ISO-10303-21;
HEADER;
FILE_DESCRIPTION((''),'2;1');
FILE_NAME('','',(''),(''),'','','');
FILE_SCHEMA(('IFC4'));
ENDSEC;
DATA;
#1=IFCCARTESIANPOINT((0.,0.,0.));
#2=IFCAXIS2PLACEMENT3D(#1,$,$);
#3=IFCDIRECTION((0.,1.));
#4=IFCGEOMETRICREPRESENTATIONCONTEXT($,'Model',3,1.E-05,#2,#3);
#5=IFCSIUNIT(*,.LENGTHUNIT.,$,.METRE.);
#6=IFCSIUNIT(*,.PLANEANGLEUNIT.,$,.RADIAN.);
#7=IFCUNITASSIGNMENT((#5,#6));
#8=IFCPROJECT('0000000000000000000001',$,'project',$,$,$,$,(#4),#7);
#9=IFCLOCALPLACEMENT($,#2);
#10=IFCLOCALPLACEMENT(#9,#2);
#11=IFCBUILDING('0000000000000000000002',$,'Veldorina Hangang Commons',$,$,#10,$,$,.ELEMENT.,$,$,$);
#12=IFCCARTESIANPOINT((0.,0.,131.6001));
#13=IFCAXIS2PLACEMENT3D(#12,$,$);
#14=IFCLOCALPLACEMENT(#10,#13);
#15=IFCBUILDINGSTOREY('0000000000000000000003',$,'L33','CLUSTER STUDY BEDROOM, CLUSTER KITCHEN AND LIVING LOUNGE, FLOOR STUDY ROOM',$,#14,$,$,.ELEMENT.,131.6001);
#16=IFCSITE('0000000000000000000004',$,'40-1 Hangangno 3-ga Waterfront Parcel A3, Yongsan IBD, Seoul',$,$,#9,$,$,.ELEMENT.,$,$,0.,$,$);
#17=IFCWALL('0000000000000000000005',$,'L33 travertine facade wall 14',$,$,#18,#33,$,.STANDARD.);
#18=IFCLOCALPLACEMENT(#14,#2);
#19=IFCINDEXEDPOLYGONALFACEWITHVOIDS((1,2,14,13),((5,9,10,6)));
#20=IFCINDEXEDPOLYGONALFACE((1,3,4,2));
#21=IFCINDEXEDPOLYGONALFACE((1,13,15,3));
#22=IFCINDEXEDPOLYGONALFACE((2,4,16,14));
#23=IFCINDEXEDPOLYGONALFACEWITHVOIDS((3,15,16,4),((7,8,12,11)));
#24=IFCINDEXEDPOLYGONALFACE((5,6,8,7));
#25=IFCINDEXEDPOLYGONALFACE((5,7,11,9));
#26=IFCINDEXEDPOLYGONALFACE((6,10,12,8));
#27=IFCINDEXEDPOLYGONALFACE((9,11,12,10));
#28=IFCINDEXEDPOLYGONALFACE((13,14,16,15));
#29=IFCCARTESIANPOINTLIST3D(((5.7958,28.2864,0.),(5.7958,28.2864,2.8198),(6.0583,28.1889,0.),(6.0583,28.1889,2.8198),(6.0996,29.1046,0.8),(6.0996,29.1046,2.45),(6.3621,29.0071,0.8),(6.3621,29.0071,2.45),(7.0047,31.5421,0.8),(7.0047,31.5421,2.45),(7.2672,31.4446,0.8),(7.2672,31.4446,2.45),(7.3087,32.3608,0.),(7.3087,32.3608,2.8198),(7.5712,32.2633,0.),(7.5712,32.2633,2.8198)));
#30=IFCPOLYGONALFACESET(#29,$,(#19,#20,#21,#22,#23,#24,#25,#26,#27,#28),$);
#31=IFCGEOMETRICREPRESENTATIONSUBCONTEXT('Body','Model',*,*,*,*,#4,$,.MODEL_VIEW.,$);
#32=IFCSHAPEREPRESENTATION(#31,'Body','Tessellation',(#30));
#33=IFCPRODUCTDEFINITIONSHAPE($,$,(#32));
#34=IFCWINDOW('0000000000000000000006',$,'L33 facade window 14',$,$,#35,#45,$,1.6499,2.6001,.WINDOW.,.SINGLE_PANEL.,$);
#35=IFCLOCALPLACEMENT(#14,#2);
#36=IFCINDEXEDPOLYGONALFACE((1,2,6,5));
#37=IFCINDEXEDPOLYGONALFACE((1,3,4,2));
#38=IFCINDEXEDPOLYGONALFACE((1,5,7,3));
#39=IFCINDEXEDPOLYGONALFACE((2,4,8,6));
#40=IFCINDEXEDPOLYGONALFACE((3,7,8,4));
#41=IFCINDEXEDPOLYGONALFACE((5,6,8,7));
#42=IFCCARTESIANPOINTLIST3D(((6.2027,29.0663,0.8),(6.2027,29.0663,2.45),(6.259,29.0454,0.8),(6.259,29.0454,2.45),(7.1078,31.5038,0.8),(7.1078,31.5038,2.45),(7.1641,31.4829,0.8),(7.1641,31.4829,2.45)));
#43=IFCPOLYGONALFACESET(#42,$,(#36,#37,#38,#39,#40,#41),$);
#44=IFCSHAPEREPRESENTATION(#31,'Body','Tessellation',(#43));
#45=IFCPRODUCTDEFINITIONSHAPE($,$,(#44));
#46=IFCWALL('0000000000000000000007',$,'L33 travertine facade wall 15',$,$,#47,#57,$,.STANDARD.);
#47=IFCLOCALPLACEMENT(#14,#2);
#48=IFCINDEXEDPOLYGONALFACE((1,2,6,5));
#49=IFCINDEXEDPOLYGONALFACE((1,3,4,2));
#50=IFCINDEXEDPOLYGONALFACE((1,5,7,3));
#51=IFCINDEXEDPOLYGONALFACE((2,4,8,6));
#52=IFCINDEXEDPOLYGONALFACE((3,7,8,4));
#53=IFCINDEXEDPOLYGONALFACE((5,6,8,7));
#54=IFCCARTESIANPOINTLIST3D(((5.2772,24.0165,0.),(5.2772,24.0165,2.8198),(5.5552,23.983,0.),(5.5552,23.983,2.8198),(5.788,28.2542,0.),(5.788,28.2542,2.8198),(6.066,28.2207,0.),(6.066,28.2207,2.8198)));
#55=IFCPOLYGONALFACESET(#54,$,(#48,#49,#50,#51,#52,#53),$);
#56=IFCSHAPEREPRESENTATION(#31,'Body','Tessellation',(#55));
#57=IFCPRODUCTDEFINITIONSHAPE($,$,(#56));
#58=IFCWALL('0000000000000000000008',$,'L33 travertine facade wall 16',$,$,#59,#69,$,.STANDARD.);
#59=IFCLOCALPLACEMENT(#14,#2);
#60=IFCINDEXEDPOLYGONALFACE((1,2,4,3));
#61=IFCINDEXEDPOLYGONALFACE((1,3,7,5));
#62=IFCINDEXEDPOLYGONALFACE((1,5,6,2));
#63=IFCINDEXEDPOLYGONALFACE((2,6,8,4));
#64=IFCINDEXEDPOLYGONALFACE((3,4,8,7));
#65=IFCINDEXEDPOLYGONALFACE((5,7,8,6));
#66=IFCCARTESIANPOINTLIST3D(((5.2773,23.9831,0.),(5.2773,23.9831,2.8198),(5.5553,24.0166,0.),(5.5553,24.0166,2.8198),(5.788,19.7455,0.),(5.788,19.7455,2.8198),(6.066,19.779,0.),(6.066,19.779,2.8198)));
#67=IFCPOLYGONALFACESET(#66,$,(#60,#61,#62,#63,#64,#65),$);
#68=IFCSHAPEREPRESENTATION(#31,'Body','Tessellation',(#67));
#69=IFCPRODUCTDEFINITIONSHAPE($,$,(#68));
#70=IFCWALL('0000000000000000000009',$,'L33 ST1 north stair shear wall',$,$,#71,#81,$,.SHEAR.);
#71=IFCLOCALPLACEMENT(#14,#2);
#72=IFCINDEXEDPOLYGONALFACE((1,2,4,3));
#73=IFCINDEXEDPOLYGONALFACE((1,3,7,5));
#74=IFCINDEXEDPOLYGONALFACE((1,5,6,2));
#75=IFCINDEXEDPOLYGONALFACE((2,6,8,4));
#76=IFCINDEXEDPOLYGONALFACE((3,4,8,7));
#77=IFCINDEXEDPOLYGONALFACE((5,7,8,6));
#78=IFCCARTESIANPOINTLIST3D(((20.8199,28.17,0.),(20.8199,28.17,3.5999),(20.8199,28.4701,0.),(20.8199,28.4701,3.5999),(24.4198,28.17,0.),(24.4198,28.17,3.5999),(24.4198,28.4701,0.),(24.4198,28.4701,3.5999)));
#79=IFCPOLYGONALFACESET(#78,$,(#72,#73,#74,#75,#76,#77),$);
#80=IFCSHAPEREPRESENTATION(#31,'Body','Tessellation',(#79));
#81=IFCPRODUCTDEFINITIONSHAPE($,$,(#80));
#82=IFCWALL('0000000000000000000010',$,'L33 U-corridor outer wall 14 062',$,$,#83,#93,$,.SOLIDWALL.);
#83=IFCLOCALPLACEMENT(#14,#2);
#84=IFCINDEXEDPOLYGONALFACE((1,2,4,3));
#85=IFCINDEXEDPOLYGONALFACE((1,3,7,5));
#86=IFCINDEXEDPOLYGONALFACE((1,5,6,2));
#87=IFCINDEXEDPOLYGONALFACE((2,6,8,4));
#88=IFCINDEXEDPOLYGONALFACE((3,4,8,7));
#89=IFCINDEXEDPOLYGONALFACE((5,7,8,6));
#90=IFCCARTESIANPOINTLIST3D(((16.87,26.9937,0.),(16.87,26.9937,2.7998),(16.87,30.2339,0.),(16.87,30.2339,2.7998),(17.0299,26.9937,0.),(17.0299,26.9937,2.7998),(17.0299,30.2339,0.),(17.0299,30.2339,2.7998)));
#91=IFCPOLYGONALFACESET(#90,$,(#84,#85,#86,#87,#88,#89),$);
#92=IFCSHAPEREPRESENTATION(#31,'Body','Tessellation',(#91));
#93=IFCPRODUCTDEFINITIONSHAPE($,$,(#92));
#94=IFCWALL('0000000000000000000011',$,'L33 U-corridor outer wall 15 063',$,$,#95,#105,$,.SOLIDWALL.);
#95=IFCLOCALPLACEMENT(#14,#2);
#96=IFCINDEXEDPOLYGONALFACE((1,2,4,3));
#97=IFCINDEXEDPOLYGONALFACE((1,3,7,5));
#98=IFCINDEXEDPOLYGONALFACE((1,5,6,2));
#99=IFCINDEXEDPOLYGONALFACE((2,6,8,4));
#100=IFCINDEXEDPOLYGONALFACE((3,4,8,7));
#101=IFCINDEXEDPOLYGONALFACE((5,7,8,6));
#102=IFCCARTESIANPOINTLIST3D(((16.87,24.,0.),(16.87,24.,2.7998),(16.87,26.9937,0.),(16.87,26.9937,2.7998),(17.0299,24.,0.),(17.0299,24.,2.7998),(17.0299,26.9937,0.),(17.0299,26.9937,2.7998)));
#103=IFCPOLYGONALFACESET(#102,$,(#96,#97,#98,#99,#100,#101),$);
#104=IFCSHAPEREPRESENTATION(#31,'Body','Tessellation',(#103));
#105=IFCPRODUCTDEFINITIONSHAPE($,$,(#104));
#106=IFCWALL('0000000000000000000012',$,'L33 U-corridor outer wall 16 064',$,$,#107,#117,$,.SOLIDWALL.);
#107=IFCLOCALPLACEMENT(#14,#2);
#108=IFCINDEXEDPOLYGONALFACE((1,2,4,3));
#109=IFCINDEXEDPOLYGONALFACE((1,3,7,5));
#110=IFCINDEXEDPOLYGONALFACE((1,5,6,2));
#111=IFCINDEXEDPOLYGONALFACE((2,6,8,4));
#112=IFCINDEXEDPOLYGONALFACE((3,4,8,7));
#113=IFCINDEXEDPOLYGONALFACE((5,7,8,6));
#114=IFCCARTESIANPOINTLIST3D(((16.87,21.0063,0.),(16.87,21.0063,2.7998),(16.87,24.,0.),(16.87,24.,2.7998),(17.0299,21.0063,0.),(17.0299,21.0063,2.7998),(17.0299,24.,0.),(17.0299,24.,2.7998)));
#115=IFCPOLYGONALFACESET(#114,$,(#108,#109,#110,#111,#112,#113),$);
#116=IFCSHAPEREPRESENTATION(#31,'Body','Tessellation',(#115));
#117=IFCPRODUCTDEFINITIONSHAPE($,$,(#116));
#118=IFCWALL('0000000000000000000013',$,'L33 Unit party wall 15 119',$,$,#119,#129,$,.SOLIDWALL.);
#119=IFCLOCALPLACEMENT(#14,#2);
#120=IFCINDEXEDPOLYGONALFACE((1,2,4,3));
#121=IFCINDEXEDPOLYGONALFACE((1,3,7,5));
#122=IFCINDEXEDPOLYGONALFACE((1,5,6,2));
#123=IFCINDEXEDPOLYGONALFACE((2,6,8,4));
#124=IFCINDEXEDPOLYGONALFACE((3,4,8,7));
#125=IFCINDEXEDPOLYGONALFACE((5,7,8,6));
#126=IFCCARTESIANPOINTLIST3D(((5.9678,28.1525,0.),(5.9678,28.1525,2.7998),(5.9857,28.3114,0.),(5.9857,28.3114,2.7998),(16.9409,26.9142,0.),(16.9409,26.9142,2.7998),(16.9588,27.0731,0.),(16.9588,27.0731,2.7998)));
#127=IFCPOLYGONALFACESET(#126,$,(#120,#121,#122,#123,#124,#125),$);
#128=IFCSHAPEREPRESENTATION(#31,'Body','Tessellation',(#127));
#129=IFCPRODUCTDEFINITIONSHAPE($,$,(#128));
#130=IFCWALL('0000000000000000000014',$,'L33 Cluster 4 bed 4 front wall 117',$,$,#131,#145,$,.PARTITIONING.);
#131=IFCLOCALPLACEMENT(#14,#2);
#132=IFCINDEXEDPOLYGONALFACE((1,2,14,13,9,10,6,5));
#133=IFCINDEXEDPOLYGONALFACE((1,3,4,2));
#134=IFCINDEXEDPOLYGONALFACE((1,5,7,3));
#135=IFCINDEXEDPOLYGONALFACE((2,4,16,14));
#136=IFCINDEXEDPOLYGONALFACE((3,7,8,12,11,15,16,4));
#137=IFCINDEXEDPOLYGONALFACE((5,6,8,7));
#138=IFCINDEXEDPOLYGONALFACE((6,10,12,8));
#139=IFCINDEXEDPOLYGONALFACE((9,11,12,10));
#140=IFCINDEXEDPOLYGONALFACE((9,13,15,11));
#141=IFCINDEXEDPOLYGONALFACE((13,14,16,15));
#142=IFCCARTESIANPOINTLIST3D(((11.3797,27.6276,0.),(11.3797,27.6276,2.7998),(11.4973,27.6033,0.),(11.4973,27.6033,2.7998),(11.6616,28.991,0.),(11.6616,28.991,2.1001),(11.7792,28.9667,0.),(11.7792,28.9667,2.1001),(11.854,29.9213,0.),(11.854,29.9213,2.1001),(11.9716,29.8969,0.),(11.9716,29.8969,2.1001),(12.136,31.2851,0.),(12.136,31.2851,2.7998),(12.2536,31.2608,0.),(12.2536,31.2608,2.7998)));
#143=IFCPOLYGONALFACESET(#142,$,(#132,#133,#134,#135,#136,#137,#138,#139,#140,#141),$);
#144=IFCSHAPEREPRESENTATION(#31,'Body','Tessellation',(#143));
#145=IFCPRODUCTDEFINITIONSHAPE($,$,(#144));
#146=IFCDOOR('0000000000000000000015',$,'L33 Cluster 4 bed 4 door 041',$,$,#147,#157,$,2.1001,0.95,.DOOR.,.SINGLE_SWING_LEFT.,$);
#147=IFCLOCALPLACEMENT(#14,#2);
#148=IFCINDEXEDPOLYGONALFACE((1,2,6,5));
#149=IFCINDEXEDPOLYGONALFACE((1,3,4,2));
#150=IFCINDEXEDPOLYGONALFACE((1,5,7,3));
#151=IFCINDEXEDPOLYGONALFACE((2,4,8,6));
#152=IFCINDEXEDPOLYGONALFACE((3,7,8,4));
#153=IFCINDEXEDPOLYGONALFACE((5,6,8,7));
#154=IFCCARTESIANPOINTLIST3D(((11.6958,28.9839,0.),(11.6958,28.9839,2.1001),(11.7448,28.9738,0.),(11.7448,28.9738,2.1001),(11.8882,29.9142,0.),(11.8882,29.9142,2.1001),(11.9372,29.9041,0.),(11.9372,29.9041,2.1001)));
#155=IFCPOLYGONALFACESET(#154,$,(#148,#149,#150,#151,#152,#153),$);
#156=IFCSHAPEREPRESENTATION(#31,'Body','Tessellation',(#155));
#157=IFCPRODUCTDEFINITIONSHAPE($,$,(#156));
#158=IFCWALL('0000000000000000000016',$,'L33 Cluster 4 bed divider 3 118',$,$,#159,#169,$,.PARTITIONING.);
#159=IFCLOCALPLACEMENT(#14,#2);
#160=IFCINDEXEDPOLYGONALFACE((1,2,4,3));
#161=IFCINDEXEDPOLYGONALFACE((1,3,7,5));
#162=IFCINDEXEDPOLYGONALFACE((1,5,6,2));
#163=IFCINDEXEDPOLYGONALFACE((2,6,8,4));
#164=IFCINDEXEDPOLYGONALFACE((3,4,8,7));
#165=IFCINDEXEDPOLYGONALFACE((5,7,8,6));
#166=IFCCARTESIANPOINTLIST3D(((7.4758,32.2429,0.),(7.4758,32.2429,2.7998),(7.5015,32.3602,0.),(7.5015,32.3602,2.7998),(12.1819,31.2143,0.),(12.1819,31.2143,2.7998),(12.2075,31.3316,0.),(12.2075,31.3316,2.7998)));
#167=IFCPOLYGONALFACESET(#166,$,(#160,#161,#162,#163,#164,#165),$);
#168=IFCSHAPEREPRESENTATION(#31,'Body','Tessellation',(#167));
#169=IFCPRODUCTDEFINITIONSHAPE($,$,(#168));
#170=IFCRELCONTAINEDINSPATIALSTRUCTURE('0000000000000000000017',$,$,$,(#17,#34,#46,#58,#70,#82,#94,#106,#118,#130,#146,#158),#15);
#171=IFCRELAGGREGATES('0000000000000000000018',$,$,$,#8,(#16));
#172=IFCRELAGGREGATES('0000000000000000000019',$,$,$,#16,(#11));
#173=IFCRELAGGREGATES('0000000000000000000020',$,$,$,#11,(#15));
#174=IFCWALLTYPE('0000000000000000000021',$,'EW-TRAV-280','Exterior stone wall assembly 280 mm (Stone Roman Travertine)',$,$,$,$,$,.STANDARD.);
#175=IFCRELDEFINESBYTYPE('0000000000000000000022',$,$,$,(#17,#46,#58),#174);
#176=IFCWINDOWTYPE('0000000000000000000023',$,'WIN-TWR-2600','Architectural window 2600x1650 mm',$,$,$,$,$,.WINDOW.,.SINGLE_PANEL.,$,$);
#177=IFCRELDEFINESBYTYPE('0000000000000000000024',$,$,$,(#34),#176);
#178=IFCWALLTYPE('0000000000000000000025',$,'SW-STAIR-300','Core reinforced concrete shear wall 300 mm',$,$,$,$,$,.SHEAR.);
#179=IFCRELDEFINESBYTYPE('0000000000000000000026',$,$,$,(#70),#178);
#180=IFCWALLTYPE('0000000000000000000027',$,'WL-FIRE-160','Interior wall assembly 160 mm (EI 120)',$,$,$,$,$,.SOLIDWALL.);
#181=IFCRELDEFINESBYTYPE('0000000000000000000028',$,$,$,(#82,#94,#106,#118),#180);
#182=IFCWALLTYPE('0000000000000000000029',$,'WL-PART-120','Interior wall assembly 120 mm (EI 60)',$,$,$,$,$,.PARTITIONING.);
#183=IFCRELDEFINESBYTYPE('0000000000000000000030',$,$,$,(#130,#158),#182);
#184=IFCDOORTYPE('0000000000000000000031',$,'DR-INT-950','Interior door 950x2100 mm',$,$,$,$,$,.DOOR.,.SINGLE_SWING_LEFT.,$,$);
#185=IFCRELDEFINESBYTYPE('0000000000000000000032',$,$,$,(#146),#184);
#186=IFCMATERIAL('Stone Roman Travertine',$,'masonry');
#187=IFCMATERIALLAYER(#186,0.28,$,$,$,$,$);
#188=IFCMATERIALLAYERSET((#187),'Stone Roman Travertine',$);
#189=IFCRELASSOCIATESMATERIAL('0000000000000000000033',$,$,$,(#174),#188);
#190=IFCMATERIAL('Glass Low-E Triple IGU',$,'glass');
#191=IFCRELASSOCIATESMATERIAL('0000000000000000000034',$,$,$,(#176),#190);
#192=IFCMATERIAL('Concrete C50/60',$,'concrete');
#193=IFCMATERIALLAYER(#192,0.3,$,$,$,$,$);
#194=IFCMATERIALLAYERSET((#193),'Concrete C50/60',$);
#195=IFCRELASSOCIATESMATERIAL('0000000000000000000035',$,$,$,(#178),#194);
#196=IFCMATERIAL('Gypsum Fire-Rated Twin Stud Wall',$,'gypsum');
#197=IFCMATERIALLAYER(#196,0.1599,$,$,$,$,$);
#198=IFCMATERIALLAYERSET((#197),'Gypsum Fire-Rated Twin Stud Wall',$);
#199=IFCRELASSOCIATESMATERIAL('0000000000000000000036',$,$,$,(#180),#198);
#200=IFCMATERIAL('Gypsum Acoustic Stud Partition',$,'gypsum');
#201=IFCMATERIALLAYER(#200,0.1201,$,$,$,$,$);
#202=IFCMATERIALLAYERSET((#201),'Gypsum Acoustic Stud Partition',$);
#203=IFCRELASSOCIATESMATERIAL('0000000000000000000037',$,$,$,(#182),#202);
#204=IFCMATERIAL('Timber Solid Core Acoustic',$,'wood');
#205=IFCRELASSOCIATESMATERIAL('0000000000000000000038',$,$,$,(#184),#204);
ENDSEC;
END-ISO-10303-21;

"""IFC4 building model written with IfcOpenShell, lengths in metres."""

from ifc_helpers import new_model, si_unit, direction, frame, frame_2d, origin, place, context, subcontext, project, spatial, rectangle, extrude, material, layer, layer_set, type_object, element, fill, save


model = new_model("IFC4")

# Units and contexts
model_context = context("Model", 3, precision=1e-05, world=origin(), true_north=direction((0.0, 1.0)))
body_context = subcontext(model_context, "Body", "Model", "MODEL_VIEW")
ifc_project = project(units=[si_unit("LENGTHUNIT", "METRE"), si_unit("PLANEANGLEUNIT", "RADIAN")], contexts=[model_context])

# Site, building, storey
site_placement = place(None, origin())
site = spatial("IfcSite", under=ifc_project, at=site_placement, Name="40-1 Hangangno 3-ga Waterfront Parcel A3, Yongsan IBD, Seoul", CompositionType="ELEMENT", RefElevation=0.0)
building_placement = place(site_placement, origin())
building = spatial("IfcBuilding", under=site, at=building_placement, Name="Veldorina Hangang Commons", CompositionType="ELEMENT")
storey_placement = place(building_placement, frame((0.0, 0.0, 131.6001)))
storey = spatial("IfcBuildingStorey", under=building, at=storey_placement, Name="L33", Description="CLUSTER STUDY BEDROOM, CLUSTER KITCHEN AND LIVING LOUNGE, FLOOR STUDY ROOM", CompositionType="ELEMENT", Elevation=131.6001)

# Wall, opening, window
ifc_material_1 = material(Name="Stone Roman Travertine", Category="masonry")
ifc_layer_1 = layer(ifc_material_1, 0.28)
ifc_layer_set_1 = layer_set([ifc_layer_1], Name="Stone Roman Travertine")
wall_type_1 = type_object("IfcWallType", Name="EW-TRAV-280", Description="Exterior stone wall assembly 280 mm (Stone Roman Travertine)", PredefinedType="STANDARD", material=ifc_layer_set_1)
wall_1_placement = place(storey_placement, frame((7.4399, 32.312, 0.0), z_axis=(0.0, 0.0, 1.0), x_axis=(-0.348099, -0.937458, 0.0)))
wall_1 = element("IfcWall", 1, at=wall_1_placement, inside=storey, type_object=wall_type_1, Name="L33 travertine facade wall 14", PredefinedType="STANDARD", context=body_context, shape_type="SweptSolid", body=[
    extrude(rectangle(XDim=4.3462, YDim=0.28, at=frame_2d((2.1731, 0.0))), origin(), (0.0, 0.0, 1.0), 2.8198),
])
opening_1_placement = place(wall_1_placement, frame((0.8733, 0.0, 0.8)))
opening_1 = element("IfcOpeningElement", 2, at=opening_1_placement, cuts=wall_1, PredefinedType="OPENING", context=body_context, shape_type="SweptSolid", body=[
    extrude(rectangle(XDim=2.6001, YDim=1.6499, at=frame_2d((1.3, 0.825))), frame((0.0, 0.1499, 0.0), z_axis=(0.0, -1.0, 0.0), x_axis=(1.0, 0.0, 0.0)), (0.0, 0.0, 1.0), 0.3),
])
ifc_material_2 = material(Name="Glass Low-E Triple IGU", Category="glass")
window_type = type_object("IfcWindowType", Name="WIN-TWR-2600", Description="Architectural window 2600x1650 mm", PartitioningType="SINGLE_PANEL", PredefinedType="WINDOW", material=ifc_material_2)
window_placement = place(opening_1_placement, origin())
window = element("IfcWindow", 3, at=window_placement, inside=storey, type_object=window_type, Name="L33 facade window 14", OverallHeight=1.6499, OverallWidth=2.6001, PartitioningType="SINGLE_PANEL", PredefinedType="WINDOW", context=body_context, shape_type="SweptSolid", body=[
    extrude(rectangle(XDim=2.6001, YDim=1.6499, at=frame_2d((1.3, 0.825))), frame((0.0, 0.03, 0.0), z_axis=(0.0, -1.0, 0.0), x_axis=(1.0, 0.0, 0.0)), (0.0, 0.0, 1.0), 0.0601),
])
fill(opening_1, window)

# Walls
for number, where, z_axis, x_axis, name in (
    (4, (5.927, 28.2375, 0.0), (0.0, 0.0, 1.0), (-0.119662, -0.992815, 0.0), "L33 travertine facade wall 15"),
    (5, (5.4163, 24.0, 0.0), (0.0, 0.0, 1.0), (0.119662, -0.992815, 0.0), "L33 travertine facade wall 16"),
):
    element("IfcWall", number, at=place(storey_placement, frame(where, z_axis=z_axis, x_axis=x_axis)), inside=storey, type_object=wall_type_1, Name=name, PredefinedType="STANDARD", context=body_context, shape_type="SweptSolid", body=[
        extrude(rectangle(XDim=4.2683, YDim=0.28, at=frame_2d((2.1343, 0.0))), origin(), (0.0, 0.0, 1.0), 2.8198),
    ])
ifc_material_3 = material(Name="Concrete C50/60", Category="concrete")
ifc_layer_2 = layer(ifc_material_3, 0.3)
ifc_layer_set_2 = layer_set([ifc_layer_2], Name="Concrete C50/60")
wall_type_2 = type_object("IfcWallType", Name="SW-STAIR-300", Description="Core reinforced concrete shear wall 300 mm", PredefinedType="SHEAR", material=ifc_layer_set_2)
wall_2_placement = place(storey_placement, frame((20.8201, 28.3201, 0.0), z_axis=(0.0, 0.0, 1.0), x_axis=(1.0, 0.0, 0.0)))
element("IfcWall", 6, at=wall_2_placement, inside=storey, type_object=wall_type_2, Name="L33 ST1 north stair shear wall", PredefinedType="SHEAR", context=body_context, shape_type="SweptSolid", body=[
    extrude(rectangle(XDim=3.5999, YDim=0.3, at=frame_2d((1.7998, 0.0))), origin(), (0.0, 0.0, 1.0), 3.5999),
])
ifc_material_4 = material(Name="Gypsum Fire-Rated Twin Stud Wall", Category="gypsum")
ifc_layer_3 = layer(ifc_material_4, 0.1599)
ifc_layer_set_3 = layer_set([ifc_layer_3], Name="Gypsum Fire-Rated Twin Stud Wall")
wall_type_3 = type_object("IfcWallType", Name="WL-FIRE-160", Description="Interior wall assembly 160 mm (EI 120)", PredefinedType="SOLIDWALL", material=ifc_layer_set_3)
wall_3_placement = place(storey_placement, frame((16.95, 30.2339, 0.0), z_axis=(0.0, 0.0, 1.0), x_axis=(0.0, -1.0, 0.0)))
element("IfcWall", 7, at=wall_3_placement, inside=storey, type_object=wall_type_3, Name="L33 U-corridor outer wall 14 062", PredefinedType="SOLIDWALL", context=body_context, shape_type="SweptSolid", body=[
    extrude(rectangle(XDim=3.2402, YDim=0.1599, at=frame_2d((1.6201, 0.0))), origin(), (0.0, 0.0, 1.0), 2.7998),
])
for number, where, z_axis, x_axis, name in (
    (8, (16.95, 26.9937, 0.0), (0.0, 0.0, 1.0), (0.0, -1.0, 0.0), "L33 U-corridor outer wall 15 063"),
    (9, (16.95, 24.0, 0.0), (0.0, 0.0, 1.0), (0.0, -1.0, 0.0), "L33 U-corridor outer wall 16 064"),
):
    element("IfcWall", number, at=place(storey_placement, frame(where, z_axis=z_axis, x_axis=x_axis)), inside=storey, type_object=wall_type_3, Name=name, PredefinedType="SOLIDWALL", context=body_context, shape_type="SweptSolid", body=[
        extrude(rectangle(XDim=2.9937, YDim=0.1599, at=frame_2d((1.4968, 0.0))), origin(), (0.0, 0.0, 1.0), 2.7998),
    ])
wall_4_placement = place(storey_placement, frame((16.95, 26.9937, 0.0), z_axis=(0.0, 0.0, 1.0), x_axis=(-0.993693, 0.112135, 0.0)))
element("IfcWall", 10, at=wall_4_placement, inside=storey, type_object=wall_type_3, Name="L33 Unit party wall 15 119", PredefinedType="SOLIDWALL", context=body_context, shape_type="SweptSolid", body=[
    extrude(rectangle(XDim=11.0427, YDim=0.1599, at=frame_2d((5.5215, 0.0))), origin(), (0.0, 0.0, 1.0), 2.7998),
])

# Wall, opening, door
ifc_material_5 = material(Name="Gypsum Acoustic Stud Partition", Category="gypsum")
ifc_layer_4 = layer(ifc_material_5, 0.1201)
ifc_layer_set_4 = layer_set([ifc_layer_4], Name="Gypsum Acoustic Stud Partition")
wall_type_4 = type_object("IfcWallType", Name="WL-PART-120", Description="Interior wall assembly 120 mm (EI 60)", PredefinedType="PARTITIONING", material=ifc_layer_set_4)
wall_5_placement = place(storey_placement, frame((12.1948, 31.2729, 0.0), z_axis=(0.0, 0.0, 1.0), x_axis=(-0.20251, -0.97928, 0.0)))
wall_5 = element("IfcWall", 11, at=wall_5_placement, inside=storey, type_object=wall_type_4, Name="L33 Cluster 4 bed 4 front wall 117", PredefinedType="PARTITIONING", context=body_context, shape_type="SweptSolid", body=[
    extrude(rectangle(XDim=3.7349, YDim=0.1201, at=frame_2d((1.8674, 0.0))), origin(), (0.0, 0.0, 1.0), 2.7998),
])
opening_2_placement = place(wall_5_placement, frame((1.3926, 0.0, 0.0)))
opening_2 = element("IfcOpeningElement", 12, at=opening_2_placement, cuts=wall_5, PredefinedType="OPENING", context=body_context, shape_type="SweptSolid", body=[
    extrude(rectangle(XDim=0.95, YDim=2.1001, at=frame_2d((0.4751, 1.05))), frame((0.0, 0.0701, 0.0), z_axis=(0.0, -1.0, 0.0), x_axis=(1.0, 0.0, 0.0)), (0.0, 0.0, 1.0), 0.1401),
])
ifc_material_6 = material(Name="Timber Solid Core Acoustic", Category="wood")
door_type = type_object("IfcDoorType", Name="DR-INT-950", Description="Interior door 950x2100 mm", OperationType="SINGLE_SWING_LEFT", PredefinedType="DOOR", material=ifc_material_6)
door_placement = place(opening_2_placement, origin())
door = element("IfcDoor", 13, at=door_placement, inside=storey, type_object=door_type, Name="L33 Cluster 4 bed 4 door 041", OperationType="SINGLE_SWING_LEFT", OverallHeight=2.1001, OverallWidth=0.95, PredefinedType="DOOR", context=body_context, shape_type="SweptSolid", body=[
    extrude(rectangle(XDim=0.95, YDim=2.1001, at=frame_2d((0.4751, 1.05))), frame((0.0, 0.0249, 0.0), z_axis=(0.0, -1.0, 0.0), x_axis=(1.0, 0.0, 0.0)), (0.0, 0.0, 1.0), 0.05),
])
fill(opening_2, door)

# Wall
wall_6_placement = place(storey_placement, frame((12.1948, 31.2729, 0.0), z_axis=(0.0, 0.0, 1.0), x_axis=(-0.976938, 0.213522, 0.0)))
element("IfcWall", 14, at=wall_6_placement, inside=storey, type_object=wall_type_4, Name="L33 Cluster 4 bed divider 3 118", PredefinedType="PARTITIONING", context=body_context, shape_type="SweptSolid", body=[
    extrude(rectangle(XDim=4.8171, YDim=0.1201, at=frame_2d((2.4087, 0.0))), origin(), (0.0, 0.0, 1.0), 2.7998),
])

save(model, "model.ifc")
